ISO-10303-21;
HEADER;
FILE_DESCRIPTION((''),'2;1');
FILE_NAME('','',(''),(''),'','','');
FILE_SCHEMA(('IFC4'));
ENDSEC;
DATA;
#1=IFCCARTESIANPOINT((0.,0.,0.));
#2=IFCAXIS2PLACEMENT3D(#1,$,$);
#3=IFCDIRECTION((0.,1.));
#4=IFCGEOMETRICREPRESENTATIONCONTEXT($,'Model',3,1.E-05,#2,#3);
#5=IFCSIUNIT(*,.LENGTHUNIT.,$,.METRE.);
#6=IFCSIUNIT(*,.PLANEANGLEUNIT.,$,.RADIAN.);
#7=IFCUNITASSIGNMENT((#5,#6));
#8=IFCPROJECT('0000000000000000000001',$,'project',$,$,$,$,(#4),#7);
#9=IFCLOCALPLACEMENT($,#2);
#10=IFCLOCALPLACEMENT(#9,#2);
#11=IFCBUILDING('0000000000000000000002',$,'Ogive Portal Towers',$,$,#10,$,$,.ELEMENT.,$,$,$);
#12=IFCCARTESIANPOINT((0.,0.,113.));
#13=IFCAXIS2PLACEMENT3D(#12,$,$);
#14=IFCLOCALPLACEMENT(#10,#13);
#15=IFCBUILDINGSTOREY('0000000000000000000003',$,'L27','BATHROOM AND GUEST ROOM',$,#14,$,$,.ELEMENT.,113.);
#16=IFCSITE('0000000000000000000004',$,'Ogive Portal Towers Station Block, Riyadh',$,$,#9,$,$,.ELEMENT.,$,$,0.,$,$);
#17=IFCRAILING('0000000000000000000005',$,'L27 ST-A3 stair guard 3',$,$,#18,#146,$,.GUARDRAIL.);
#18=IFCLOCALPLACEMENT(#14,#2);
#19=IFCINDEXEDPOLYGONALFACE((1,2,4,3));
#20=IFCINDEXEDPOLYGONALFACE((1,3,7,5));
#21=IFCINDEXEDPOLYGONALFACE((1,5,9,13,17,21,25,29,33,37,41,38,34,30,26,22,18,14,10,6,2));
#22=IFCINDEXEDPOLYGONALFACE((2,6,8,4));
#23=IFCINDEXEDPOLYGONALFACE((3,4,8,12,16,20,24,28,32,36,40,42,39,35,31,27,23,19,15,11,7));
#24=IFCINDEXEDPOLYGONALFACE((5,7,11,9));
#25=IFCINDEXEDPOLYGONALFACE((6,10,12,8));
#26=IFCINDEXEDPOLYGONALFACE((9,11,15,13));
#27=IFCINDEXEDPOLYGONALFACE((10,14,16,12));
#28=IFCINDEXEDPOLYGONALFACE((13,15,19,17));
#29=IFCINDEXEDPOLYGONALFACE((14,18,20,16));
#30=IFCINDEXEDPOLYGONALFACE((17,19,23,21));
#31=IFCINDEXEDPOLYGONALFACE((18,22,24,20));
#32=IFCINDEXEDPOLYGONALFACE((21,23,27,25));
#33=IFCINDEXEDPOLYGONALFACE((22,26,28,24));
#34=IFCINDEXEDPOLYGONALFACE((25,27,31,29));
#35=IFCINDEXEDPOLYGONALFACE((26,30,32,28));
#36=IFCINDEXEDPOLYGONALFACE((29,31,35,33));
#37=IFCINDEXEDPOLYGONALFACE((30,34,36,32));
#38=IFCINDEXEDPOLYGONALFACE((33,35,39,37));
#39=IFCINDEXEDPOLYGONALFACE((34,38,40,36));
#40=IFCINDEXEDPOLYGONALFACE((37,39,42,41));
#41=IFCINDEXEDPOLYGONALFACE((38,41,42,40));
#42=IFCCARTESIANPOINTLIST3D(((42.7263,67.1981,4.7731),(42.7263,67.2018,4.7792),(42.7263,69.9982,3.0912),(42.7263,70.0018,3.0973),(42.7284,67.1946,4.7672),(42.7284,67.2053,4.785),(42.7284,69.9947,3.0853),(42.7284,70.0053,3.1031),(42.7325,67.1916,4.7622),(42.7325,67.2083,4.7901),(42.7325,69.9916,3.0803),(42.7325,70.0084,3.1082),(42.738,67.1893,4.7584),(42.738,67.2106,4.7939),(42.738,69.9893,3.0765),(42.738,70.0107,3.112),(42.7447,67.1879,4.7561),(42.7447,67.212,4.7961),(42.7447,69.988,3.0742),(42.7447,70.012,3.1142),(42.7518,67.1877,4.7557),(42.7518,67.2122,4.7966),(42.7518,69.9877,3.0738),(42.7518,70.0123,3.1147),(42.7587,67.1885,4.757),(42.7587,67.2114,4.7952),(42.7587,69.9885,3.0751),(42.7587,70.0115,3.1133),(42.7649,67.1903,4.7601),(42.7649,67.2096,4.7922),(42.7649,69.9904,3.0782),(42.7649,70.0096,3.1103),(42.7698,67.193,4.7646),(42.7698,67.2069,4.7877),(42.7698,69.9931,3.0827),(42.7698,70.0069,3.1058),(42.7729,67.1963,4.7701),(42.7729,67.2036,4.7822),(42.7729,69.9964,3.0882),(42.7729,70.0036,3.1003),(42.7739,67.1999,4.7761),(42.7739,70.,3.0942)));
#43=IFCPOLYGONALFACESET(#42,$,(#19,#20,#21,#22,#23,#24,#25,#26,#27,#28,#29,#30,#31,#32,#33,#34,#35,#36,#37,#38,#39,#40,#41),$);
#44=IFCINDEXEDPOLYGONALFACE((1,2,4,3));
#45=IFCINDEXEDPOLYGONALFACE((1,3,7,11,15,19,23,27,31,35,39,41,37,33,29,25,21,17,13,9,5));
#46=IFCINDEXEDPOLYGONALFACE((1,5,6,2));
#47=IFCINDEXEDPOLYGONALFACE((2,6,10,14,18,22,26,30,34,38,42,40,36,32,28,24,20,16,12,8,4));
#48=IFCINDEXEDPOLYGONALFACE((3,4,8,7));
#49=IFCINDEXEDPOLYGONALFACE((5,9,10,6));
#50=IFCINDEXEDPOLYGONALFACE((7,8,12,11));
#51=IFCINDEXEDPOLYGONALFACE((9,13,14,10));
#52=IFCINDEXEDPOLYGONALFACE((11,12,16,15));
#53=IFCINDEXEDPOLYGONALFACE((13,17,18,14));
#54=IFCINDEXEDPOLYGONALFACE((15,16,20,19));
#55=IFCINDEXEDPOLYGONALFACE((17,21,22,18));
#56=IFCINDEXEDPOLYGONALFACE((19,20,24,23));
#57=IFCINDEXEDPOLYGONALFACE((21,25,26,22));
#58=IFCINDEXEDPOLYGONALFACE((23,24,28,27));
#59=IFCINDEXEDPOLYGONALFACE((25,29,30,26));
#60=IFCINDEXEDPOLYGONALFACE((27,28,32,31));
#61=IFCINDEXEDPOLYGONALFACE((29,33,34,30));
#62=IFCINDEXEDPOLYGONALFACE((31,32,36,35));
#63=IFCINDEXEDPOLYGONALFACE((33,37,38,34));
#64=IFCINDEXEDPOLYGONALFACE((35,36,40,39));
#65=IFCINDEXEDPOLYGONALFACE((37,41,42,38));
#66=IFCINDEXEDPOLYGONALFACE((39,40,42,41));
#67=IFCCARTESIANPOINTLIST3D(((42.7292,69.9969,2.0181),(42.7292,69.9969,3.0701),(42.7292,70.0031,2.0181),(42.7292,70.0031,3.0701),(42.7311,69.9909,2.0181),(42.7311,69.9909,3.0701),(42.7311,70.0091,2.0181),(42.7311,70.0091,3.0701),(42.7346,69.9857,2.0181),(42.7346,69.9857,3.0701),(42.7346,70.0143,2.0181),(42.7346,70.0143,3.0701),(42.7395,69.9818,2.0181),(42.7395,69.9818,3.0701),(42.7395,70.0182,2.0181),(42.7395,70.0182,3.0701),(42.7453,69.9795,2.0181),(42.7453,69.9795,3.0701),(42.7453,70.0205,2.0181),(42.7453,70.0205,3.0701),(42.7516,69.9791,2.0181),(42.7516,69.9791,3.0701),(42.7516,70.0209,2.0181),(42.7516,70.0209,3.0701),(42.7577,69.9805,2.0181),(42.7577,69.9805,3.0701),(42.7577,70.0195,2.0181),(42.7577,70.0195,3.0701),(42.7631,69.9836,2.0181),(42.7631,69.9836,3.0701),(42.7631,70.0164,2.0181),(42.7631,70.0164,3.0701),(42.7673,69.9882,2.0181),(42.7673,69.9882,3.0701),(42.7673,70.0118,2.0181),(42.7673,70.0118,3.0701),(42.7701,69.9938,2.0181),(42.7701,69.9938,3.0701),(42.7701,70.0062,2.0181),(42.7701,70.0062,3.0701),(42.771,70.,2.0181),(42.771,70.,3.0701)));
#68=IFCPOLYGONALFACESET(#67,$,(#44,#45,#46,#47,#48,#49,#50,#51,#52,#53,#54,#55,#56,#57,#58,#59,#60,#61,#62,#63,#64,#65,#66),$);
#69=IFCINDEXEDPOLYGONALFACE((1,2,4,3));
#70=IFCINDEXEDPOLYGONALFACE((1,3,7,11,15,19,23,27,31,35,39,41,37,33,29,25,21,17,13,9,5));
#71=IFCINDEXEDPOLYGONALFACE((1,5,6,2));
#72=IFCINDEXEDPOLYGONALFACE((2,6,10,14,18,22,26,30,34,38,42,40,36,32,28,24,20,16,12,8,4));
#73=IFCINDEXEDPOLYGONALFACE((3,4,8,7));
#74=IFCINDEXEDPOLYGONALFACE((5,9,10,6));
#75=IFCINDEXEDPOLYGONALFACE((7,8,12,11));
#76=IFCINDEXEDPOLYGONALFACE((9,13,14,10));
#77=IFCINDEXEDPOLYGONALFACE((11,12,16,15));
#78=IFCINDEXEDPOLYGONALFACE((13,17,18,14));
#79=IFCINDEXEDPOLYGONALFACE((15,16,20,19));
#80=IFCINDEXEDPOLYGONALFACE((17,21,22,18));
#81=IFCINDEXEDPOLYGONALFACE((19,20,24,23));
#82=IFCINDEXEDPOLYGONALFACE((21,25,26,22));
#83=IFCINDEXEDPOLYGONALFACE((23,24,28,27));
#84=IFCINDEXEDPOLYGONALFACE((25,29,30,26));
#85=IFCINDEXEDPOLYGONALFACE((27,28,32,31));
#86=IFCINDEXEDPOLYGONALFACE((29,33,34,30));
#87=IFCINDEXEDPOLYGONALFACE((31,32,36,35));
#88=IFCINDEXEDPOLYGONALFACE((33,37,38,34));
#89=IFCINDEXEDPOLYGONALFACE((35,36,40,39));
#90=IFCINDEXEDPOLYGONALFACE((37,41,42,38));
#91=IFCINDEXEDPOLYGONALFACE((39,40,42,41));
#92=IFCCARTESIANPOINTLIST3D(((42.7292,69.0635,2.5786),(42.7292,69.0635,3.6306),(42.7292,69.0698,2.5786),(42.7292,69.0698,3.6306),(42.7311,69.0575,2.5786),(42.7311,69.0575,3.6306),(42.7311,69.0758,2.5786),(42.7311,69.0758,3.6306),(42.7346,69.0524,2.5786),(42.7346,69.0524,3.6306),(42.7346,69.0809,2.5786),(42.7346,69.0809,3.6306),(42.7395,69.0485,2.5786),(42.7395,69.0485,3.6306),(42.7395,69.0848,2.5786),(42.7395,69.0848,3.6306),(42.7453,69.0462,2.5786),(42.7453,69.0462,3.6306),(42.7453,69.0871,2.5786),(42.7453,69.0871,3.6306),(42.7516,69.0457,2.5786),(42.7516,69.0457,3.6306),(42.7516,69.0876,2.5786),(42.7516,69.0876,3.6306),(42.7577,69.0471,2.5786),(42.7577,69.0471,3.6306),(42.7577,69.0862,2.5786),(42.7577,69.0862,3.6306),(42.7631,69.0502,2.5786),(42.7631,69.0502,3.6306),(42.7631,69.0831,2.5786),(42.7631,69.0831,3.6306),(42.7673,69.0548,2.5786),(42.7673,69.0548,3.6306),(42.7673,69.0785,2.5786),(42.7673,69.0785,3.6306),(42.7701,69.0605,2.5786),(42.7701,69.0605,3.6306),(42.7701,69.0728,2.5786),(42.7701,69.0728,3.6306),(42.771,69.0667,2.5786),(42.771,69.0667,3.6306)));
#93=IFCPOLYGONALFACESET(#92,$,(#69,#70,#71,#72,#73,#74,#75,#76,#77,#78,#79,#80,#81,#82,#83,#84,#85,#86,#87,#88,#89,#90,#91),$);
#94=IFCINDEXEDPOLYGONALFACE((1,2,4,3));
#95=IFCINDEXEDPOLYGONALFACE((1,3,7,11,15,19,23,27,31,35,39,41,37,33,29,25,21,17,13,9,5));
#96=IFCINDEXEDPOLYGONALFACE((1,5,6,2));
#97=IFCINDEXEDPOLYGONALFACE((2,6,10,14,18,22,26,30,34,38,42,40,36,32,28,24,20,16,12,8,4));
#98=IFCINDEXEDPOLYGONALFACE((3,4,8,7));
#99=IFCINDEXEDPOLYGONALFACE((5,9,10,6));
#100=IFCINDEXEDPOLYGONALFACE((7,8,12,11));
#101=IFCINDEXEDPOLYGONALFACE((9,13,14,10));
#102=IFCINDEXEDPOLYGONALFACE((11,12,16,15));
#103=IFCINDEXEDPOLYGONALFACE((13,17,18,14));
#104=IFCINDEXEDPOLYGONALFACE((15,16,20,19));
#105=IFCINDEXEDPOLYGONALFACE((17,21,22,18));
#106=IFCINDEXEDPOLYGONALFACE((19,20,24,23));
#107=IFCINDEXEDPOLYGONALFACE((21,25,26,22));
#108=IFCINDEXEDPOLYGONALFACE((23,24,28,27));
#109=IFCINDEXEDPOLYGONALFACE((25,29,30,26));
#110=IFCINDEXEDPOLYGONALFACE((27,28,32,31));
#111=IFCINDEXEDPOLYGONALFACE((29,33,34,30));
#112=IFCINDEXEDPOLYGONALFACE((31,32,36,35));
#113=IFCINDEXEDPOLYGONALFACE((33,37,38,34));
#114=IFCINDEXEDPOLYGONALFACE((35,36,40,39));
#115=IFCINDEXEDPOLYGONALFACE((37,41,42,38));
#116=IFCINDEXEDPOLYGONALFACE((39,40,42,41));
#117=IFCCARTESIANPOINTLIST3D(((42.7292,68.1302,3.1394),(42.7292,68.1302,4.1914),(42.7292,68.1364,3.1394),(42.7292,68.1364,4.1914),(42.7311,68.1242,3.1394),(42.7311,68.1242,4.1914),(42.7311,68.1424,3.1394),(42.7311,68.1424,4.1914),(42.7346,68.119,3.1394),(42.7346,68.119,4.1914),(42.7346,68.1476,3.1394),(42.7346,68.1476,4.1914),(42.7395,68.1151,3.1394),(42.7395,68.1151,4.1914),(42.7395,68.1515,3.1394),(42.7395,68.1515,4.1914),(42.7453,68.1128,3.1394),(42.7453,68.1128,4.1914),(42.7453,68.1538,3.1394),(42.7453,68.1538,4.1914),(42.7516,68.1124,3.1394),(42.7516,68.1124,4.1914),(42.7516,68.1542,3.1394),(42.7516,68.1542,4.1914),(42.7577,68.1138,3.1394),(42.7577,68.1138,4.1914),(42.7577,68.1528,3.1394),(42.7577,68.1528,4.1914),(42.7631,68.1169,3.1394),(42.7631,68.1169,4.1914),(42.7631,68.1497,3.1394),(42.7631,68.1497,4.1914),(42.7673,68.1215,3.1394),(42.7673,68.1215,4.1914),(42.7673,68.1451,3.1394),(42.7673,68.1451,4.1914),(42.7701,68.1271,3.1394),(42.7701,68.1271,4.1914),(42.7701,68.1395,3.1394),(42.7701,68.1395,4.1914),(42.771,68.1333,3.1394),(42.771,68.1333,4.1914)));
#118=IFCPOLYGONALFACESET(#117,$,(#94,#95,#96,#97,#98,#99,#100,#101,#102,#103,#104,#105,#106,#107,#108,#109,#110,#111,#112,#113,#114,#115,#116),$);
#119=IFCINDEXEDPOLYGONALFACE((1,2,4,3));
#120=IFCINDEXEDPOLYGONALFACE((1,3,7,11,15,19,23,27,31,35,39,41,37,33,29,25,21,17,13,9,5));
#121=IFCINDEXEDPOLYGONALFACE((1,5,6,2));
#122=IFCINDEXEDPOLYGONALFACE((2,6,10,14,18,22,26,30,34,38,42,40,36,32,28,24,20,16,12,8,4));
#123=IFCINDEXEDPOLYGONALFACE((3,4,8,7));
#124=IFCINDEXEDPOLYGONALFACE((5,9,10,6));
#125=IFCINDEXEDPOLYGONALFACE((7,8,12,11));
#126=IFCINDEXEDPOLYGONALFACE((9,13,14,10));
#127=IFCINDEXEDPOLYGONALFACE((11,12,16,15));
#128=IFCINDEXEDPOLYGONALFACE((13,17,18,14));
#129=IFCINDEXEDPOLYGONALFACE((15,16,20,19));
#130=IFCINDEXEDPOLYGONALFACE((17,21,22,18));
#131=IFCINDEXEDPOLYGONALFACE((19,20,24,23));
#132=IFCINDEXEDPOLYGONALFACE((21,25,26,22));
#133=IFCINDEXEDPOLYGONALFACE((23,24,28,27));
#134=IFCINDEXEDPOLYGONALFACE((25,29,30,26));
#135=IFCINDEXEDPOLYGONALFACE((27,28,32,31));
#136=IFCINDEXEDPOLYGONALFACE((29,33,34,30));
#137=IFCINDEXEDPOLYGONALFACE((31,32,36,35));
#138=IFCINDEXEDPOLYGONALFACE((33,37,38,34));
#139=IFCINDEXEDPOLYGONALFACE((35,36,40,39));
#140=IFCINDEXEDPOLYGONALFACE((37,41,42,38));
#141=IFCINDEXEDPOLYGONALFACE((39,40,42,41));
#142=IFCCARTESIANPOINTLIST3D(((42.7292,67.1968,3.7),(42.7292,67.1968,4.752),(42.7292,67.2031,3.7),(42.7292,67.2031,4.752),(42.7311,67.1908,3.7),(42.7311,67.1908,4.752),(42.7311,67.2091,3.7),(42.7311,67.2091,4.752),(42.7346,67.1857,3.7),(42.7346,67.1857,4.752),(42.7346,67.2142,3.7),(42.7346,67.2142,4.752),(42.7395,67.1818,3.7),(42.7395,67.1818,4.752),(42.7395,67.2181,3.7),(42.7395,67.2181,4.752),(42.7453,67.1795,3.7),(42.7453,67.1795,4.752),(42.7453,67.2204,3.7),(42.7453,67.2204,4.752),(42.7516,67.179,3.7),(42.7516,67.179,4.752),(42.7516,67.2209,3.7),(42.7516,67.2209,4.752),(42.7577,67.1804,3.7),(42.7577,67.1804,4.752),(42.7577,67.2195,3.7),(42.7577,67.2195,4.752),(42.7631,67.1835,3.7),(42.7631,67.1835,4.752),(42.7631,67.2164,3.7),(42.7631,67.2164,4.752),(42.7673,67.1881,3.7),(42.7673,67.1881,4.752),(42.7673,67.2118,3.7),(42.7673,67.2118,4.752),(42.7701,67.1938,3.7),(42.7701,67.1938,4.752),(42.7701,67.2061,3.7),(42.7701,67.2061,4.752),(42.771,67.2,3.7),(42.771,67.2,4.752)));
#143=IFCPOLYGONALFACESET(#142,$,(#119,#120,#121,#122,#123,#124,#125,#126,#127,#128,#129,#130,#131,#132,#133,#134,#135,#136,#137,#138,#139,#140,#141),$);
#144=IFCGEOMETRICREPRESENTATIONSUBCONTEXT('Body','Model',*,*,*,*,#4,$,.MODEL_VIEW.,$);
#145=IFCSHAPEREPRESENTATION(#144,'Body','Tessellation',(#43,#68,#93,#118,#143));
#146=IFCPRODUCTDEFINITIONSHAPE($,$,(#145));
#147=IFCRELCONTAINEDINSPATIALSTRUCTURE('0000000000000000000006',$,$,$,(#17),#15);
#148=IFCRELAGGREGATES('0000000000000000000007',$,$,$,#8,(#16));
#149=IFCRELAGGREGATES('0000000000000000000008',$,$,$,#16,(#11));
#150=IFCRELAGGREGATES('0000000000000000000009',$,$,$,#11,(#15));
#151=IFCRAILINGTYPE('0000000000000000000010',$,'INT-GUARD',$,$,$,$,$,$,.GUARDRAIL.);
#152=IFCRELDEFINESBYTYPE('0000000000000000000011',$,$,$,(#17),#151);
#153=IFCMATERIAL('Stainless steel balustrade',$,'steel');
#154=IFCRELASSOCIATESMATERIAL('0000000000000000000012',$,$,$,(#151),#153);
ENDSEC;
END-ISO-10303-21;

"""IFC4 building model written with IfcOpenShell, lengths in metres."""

from ifc_helpers import new_model, si_unit, direction, frame, origin, origin_2d, place, context, subcontext, project, spatial, circle, extrude, material, type_object, element, save


model = new_model("IFC4")

# Units and contexts
model_context = context("Model", 3, precision=1e-05, world=origin(), true_north=direction((0.0, 1.0)))
body_context = subcontext(model_context, "Body", "Model", "MODEL_VIEW")
ifc_project = project(units=[si_unit("LENGTHUNIT", "METRE"), si_unit("PLANEANGLEUNIT", "RADIAN")], contexts=[model_context])

# Site, building, storey
site_placement = place(None, origin())
site = spatial("IfcSite", under=ifc_project, at=site_placement, Name="Ogive Portal Towers Station Block, Riyadh", CompositionType="ELEMENT", RefElevation=0.0)
building_placement = place(site_placement, origin())
building = spatial("IfcBuilding", under=site, at=building_placement, Name="Ogive Portal Towers", CompositionType="ELEMENT")
storey_placement = place(building_placement, frame((0.0, 0.0, 113.0)))
storey = spatial("IfcBuildingStorey", under=building, at=storey_placement, Name="L27", Description="BATHROOM AND GUEST ROOM", CompositionType="ELEMENT", Elevation=113.0)

# Railing
ifc_material_1 = material(Name="Stainless steel balustrade", Category="steel")
railing_type_1 = type_object("IfcRailingType", Name="INT-GUARD", PredefinedType="GUARDRAIL", material=ifc_material_1)
railing_1_placement = place(storey_placement, frame((42.75, 70.0, 2.0181)))
element("IfcRailing", 1, at=railing_1_placement, inside=storey, type_object=railing_type_1, Name="L27 ST-A3 stair guard 3", PredefinedType="GUARDRAIL", context=body_context, shape_type="SweptSolid", body=[
    extrude(circle(Radius=0.0239, at=origin_2d()), frame((0.0, 0.0, 1.0762), z_axis=(0.0, -0.857242, 0.514913), x_axis=(1.0, 0.0, 0.0)), (0.0, 0.0, 1.0), 3.2664),
    extrude(circle(Radius=0.021, at=origin_2d()), origin(), (0.0, 0.0, 1.0), 1.052),
    extrude(circle(Radius=0.021, at=origin_2d()), frame((0.0, -0.9333, 0.5605)), (0.0, 0.0, 1.0), 1.052),
    extrude(circle(Radius=0.021, at=origin_2d()), frame((0.0, -1.8667, 1.1213)), (0.0, 0.0, 1.0), 1.052),
    extrude(circle(Radius=0.021, at=origin_2d()), frame((0.0, -2.8, 1.6819)), (0.0, 0.0, 1.0), 1.052),
])

save(model, "model.ifc")
